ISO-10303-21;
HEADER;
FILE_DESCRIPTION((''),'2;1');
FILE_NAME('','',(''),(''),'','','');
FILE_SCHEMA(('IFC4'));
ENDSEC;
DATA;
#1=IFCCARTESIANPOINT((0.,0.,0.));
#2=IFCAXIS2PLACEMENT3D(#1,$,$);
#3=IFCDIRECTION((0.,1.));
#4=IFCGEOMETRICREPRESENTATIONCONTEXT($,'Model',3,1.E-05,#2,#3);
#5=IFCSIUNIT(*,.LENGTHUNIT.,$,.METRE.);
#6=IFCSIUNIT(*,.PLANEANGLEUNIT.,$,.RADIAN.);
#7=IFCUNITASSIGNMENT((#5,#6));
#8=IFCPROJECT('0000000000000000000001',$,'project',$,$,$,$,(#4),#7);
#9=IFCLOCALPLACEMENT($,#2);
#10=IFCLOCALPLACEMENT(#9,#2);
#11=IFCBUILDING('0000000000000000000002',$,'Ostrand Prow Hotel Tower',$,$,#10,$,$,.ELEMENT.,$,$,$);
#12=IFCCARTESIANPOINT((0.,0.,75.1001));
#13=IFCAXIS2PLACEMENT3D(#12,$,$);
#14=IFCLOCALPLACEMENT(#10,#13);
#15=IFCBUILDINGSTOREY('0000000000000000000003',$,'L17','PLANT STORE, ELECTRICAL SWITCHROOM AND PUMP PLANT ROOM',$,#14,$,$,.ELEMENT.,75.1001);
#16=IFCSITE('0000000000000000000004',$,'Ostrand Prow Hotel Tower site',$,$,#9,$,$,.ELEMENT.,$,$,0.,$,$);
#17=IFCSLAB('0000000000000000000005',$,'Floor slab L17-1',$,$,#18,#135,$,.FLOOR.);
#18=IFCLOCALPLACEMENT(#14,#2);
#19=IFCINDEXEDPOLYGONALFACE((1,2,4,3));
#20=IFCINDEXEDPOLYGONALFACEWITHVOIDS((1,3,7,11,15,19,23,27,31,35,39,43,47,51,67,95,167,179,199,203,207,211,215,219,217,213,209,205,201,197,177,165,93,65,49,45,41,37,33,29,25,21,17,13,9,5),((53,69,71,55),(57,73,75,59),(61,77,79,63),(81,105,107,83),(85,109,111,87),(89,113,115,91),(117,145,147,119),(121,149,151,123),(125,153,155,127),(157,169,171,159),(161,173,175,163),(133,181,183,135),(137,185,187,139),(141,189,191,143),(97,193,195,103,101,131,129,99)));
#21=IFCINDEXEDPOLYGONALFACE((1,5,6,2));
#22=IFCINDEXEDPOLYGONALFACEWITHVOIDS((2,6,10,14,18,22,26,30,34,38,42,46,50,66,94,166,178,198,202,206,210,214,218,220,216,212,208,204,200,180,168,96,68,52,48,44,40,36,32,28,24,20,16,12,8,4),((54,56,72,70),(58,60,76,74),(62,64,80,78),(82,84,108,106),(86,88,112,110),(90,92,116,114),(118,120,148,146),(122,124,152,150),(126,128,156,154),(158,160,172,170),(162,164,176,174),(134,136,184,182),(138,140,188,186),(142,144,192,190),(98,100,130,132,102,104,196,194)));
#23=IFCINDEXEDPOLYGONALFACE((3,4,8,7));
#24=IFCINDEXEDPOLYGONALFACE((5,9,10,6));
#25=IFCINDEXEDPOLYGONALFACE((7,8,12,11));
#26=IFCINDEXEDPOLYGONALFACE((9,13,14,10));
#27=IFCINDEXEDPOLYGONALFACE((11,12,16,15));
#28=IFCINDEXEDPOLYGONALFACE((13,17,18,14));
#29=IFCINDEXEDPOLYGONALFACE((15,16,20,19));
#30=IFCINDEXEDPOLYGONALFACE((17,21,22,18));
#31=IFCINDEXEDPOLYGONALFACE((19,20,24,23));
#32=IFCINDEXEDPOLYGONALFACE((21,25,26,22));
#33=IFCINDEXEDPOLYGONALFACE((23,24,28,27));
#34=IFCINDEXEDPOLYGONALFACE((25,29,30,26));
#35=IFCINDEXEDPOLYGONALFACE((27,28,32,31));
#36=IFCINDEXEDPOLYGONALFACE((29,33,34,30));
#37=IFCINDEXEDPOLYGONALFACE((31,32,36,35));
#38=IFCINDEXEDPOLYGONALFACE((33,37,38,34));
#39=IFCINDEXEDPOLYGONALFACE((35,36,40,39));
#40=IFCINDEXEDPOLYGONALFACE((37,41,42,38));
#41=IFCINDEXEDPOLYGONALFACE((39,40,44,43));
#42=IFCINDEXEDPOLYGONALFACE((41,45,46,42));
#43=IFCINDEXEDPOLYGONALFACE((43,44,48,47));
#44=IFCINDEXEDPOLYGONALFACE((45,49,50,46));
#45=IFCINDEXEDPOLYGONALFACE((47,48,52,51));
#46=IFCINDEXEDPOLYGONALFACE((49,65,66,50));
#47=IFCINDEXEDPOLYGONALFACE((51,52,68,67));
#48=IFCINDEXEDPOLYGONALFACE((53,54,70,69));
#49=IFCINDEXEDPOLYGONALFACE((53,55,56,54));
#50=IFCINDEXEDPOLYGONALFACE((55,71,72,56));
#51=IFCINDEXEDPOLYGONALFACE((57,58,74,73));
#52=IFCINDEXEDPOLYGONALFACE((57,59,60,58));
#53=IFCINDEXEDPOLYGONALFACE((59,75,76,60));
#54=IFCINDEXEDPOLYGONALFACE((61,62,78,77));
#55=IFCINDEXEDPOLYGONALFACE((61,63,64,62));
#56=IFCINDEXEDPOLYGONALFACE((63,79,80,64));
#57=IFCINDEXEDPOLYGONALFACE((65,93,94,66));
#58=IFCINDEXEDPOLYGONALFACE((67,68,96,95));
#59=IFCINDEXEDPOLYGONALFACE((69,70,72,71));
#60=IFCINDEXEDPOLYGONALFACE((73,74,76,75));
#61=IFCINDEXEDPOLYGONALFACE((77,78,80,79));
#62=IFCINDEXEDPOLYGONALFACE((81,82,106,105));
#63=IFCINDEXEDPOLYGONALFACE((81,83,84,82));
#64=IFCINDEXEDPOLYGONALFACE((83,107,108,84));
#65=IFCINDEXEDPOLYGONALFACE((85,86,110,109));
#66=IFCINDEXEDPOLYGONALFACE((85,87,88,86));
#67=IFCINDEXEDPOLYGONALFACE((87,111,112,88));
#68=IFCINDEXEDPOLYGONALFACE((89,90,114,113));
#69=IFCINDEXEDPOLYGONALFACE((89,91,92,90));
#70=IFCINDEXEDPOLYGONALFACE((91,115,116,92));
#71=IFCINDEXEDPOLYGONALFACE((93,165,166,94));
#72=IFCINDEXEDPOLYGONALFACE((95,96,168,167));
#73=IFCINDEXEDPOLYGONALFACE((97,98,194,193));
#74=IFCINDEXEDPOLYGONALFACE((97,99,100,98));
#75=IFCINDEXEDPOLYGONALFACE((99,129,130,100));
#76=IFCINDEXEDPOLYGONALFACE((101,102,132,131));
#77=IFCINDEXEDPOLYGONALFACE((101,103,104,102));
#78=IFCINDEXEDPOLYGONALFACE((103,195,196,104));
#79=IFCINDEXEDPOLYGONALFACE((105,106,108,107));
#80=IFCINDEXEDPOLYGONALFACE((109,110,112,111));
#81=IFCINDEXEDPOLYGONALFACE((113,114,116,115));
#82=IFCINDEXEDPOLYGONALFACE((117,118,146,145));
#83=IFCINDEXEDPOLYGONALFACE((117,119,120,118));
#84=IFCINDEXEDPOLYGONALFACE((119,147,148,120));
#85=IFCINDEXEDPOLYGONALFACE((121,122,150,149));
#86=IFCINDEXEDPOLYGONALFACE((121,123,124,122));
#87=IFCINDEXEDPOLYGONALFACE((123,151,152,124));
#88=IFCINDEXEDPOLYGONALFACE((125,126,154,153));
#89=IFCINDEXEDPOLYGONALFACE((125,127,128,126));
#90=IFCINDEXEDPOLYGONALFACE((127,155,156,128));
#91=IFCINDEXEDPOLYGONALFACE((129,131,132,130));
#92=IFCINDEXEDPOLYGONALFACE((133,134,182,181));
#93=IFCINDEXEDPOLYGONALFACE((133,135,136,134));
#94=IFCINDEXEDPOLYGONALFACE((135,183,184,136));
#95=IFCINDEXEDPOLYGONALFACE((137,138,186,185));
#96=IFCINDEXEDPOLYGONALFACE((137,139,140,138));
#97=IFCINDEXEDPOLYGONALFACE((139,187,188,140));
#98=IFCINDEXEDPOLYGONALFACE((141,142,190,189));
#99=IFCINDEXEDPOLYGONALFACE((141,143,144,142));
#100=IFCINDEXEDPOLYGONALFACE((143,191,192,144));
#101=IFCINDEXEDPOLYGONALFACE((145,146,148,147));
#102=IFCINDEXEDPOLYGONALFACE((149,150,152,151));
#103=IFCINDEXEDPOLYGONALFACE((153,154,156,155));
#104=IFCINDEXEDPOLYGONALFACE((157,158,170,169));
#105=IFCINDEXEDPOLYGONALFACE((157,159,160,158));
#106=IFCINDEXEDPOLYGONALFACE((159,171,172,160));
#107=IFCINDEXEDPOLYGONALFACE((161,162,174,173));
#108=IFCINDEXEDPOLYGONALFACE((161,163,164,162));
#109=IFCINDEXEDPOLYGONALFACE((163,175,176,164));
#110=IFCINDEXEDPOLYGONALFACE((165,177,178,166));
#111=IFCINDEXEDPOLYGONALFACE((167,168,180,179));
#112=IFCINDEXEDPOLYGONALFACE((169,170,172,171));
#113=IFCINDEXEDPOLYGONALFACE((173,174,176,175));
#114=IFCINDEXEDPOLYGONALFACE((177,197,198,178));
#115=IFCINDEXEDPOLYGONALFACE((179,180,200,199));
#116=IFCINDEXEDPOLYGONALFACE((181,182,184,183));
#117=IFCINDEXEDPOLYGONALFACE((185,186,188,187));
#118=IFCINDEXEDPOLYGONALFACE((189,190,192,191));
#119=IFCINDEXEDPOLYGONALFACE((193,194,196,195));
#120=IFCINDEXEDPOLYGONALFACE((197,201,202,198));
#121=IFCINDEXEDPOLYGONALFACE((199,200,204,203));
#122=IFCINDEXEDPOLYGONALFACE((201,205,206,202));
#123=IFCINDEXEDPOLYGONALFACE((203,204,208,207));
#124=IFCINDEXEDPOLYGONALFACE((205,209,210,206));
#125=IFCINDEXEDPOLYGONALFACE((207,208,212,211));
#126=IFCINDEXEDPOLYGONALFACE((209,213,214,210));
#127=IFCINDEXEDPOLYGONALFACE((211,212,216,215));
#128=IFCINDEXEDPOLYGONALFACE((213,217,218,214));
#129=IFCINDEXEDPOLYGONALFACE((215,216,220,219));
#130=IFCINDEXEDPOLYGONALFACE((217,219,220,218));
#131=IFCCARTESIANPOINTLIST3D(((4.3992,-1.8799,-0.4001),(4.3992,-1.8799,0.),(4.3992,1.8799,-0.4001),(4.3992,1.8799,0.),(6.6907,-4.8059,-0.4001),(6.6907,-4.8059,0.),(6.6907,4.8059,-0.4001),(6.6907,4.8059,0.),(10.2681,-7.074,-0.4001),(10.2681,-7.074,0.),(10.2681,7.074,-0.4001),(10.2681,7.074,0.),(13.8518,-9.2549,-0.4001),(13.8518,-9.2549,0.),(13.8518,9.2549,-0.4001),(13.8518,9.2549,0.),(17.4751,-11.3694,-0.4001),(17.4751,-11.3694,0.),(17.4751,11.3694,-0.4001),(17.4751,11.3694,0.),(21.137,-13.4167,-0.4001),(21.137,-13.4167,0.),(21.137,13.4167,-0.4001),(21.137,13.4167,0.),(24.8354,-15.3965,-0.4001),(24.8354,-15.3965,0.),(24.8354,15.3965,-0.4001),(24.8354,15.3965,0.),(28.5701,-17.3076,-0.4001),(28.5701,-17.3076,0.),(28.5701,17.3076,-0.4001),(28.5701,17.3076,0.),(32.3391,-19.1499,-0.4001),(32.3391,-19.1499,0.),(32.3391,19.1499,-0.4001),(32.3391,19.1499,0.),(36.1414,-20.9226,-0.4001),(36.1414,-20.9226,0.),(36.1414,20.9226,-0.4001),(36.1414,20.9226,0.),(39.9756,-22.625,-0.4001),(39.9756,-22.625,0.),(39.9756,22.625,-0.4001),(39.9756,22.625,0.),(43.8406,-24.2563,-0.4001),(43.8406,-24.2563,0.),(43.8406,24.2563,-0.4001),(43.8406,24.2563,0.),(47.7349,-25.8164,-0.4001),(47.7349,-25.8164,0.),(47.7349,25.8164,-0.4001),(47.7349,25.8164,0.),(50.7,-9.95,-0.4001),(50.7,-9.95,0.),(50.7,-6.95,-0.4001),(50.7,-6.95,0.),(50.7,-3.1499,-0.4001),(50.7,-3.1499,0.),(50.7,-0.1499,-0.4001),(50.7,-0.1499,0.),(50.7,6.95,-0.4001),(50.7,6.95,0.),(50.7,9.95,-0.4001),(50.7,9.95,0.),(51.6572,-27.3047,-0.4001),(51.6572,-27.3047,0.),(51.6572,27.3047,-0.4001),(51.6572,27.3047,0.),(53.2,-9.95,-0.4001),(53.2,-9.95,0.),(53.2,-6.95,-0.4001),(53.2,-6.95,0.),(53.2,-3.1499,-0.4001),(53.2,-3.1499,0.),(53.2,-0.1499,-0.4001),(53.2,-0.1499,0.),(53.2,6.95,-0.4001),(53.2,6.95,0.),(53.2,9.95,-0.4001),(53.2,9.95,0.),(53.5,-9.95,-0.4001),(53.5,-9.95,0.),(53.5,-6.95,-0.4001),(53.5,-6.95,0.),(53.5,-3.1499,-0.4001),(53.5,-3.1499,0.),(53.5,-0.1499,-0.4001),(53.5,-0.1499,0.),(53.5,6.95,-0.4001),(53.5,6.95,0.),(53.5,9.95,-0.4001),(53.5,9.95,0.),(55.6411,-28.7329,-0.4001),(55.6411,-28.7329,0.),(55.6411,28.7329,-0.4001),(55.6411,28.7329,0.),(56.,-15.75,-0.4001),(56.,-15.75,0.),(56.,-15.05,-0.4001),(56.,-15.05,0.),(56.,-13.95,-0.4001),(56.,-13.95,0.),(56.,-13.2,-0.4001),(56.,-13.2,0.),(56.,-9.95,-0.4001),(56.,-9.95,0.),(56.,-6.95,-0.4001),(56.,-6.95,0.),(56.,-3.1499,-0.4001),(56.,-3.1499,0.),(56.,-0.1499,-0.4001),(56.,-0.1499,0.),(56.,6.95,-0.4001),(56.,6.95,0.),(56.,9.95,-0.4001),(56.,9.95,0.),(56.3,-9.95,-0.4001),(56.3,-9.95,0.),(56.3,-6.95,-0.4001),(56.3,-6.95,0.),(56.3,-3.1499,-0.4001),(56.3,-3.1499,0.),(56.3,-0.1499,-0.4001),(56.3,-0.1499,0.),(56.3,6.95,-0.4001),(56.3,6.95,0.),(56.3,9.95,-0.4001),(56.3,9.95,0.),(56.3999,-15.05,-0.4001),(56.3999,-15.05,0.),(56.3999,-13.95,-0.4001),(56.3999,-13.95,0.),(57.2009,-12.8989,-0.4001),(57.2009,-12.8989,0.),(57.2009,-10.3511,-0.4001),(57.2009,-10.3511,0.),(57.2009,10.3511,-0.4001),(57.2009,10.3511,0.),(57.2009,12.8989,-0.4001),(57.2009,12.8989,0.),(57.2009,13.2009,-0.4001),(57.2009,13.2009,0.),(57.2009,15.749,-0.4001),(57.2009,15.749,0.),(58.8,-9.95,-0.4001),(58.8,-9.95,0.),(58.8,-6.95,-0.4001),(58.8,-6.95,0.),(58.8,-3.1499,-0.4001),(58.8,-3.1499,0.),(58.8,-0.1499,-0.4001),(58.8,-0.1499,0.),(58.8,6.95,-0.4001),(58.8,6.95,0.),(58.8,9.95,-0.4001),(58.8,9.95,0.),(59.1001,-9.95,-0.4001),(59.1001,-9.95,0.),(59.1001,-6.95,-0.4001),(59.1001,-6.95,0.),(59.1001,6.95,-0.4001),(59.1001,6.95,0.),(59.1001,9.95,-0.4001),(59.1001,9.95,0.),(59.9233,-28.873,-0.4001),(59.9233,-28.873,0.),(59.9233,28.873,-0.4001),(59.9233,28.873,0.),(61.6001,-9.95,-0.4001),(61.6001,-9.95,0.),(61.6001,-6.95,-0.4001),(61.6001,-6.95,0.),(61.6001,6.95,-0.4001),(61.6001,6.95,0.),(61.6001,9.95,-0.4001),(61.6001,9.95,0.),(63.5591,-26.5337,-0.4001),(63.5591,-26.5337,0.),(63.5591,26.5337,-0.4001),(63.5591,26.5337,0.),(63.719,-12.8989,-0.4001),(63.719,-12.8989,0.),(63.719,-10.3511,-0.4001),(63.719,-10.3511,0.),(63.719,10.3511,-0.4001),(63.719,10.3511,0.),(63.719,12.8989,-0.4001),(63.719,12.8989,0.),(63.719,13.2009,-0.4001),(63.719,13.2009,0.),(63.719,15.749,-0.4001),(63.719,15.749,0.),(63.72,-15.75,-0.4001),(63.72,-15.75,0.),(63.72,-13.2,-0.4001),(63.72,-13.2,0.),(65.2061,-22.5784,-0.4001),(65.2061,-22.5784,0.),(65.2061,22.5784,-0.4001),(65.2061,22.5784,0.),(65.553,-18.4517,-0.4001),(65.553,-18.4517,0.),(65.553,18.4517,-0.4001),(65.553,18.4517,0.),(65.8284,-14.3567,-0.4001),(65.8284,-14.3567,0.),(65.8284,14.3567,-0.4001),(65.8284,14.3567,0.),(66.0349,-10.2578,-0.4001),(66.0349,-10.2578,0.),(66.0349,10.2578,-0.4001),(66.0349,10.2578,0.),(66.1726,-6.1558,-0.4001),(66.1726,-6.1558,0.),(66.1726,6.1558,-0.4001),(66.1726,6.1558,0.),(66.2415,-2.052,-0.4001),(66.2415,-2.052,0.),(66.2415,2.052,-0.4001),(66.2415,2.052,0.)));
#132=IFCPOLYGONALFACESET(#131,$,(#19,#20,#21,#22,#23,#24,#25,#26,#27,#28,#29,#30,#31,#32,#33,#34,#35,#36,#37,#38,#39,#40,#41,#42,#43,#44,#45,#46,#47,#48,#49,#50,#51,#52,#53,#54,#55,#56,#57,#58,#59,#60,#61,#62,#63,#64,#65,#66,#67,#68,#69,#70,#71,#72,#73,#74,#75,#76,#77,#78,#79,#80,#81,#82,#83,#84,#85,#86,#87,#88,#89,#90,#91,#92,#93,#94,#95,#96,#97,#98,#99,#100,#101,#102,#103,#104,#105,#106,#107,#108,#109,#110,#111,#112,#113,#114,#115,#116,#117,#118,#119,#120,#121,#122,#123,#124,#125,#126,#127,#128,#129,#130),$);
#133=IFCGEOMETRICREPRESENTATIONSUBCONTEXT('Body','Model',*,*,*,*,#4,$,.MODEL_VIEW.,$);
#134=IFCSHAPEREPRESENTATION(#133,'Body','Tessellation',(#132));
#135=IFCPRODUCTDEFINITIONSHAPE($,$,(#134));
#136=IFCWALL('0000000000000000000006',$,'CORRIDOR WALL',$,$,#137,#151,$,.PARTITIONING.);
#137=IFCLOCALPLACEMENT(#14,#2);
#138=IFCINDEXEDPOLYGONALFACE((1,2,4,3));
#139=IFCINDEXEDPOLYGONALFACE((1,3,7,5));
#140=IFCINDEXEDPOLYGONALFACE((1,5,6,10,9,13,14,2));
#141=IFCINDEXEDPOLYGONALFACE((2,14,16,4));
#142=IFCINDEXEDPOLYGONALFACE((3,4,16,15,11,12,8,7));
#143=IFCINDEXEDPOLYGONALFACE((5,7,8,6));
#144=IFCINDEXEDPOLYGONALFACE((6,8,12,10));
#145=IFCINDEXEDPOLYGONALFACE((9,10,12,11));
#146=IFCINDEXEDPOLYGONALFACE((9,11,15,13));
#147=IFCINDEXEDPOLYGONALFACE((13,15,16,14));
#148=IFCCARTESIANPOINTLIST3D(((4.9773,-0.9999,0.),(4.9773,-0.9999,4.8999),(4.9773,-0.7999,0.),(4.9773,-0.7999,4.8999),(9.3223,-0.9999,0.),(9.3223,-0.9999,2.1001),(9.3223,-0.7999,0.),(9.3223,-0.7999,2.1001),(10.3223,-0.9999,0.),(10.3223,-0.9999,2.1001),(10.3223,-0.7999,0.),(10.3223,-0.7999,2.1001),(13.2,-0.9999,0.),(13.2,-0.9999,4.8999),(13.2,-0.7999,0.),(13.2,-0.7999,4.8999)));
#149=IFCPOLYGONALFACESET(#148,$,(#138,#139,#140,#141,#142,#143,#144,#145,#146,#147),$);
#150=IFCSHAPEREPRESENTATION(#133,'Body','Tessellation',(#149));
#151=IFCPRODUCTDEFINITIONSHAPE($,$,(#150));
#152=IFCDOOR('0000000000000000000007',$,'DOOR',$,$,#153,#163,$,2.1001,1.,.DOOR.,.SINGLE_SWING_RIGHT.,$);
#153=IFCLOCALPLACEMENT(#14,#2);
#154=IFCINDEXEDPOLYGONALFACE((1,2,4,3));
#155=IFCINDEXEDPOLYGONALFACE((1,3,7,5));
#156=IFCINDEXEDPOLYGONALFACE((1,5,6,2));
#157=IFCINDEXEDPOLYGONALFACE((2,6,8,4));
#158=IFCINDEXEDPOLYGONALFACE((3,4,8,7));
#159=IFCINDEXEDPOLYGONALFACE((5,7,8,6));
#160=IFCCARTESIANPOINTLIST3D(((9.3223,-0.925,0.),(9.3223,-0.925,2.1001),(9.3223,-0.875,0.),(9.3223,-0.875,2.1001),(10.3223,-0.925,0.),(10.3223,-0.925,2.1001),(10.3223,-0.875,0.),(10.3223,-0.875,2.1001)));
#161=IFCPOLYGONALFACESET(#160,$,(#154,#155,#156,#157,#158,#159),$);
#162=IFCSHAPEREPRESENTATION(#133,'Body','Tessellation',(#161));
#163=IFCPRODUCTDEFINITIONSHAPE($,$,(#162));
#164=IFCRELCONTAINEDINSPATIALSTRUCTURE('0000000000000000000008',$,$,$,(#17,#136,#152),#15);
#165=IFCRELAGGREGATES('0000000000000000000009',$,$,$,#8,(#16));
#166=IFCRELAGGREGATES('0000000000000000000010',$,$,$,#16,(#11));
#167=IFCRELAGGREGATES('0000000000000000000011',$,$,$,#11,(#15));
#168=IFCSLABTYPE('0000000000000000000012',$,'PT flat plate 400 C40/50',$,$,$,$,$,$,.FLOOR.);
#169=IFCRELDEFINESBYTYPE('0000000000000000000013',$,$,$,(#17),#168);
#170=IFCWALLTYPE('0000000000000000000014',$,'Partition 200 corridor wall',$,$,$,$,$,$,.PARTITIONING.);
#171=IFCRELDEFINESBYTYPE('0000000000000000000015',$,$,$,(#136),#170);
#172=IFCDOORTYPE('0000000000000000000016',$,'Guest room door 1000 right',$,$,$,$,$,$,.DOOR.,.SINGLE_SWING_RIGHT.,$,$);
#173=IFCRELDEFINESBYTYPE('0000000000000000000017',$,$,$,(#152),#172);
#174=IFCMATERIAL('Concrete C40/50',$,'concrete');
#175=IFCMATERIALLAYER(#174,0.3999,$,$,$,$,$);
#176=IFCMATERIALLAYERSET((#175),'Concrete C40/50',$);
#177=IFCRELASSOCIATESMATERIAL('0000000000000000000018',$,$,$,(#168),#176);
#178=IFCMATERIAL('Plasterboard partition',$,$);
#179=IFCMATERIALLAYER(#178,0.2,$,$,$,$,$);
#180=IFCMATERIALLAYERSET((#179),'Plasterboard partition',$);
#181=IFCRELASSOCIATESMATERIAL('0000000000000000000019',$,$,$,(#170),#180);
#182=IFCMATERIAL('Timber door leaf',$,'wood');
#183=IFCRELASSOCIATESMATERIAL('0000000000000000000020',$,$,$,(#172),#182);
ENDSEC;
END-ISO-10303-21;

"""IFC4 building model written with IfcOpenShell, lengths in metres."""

from ifc_helpers import new_model, si_unit, direction, frame, frame_2d, origin, place, context, subcontext, project, spatial, polyline, rectangle, outline, extrude, material, layer, layer_set, type_object, element, fill, save


model = new_model("IFC4")

# Units and contexts
model_context = context("Model", 3, precision=1e-05, world=origin(), true_north=direction((0.0, 1.0)))
body_context = subcontext(model_context, "Body", "Model", "MODEL_VIEW")
ifc_project = project(units=[si_unit("LENGTHUNIT", "METRE"), si_unit("PLANEANGLEUNIT", "RADIAN")], contexts=[model_context])

# Site, building, storey
site_placement = place(None, origin())
site = spatial("IfcSite", under=ifc_project, at=site_placement, Name="Ostrand Prow Hotel Tower site", CompositionType="ELEMENT", RefElevation=0.0)
building_placement = place(site_placement, origin())
building = spatial("IfcBuilding", under=site, at=building_placement, Name="Ostrand Prow Hotel Tower", CompositionType="ELEMENT")
storey_placement = place(building_placement, frame((0.0, 0.0, 75.1001)))
storey = spatial("IfcBuildingStorey", under=building, at=storey_placement, Name="L17", Description="PLANT STORE, ELECTRICAL SWITCHROOM AND PUMP PLANT ROOM", CompositionType="ELEMENT", Elevation=75.1001)

# Slab, opening
ifc_material_1 = material(Name="Concrete C40/50", Category="concrete")
ifc_layer_1 = layer(ifc_material_1, 0.3999)
ifc_layer_set_1 = layer_set([ifc_layer_1], Name="Concrete C40/50")
slab_type = type_object("IfcSlabType", Name="PT flat plate 400 C40/50", PredefinedType="FLOOR", material=ifc_layer_set_1)
slab_placement = place(storey_placement, frame((0.0, 0.0, -0.4001)))
slab = element("IfcSlab", 1, at=slab_placement, inside=storey, type_object=slab_type, Name="Floor slab L17-1", PredefinedType="FLOOR", context=body_context, shape_type="SweptSolid", body=[
    extrude(outline(polyline([(6.6907, 4.8059), (10.2681, 7.074), (13.8518, 9.2549), (17.4751, 11.3694), (21.137, 13.4167), (24.8354, 15.3965), (28.5701, 17.3076), (32.3391, 19.1499), (36.1414, 20.9226), (39.9756, 22.625), (43.8406, 24.2563), (47.7349, 25.8164), (51.6572, 27.3047), (55.6411, 28.7329), (59.9233, 28.873), (63.5591, 26.5337), (65.2061, 22.5784), (65.553, 18.4517), (65.8284, 14.3567), (66.0349, 10.2578), (66.1726, 6.1558), (66.2415, 2.052), (66.2415, -2.052), (66.1726, -6.1558), (66.0349, -10.2578), (65.8284, -14.3567), (65.553, -18.4517), (65.2061, -22.5784), (63.5591, -26.5337), (59.9233, -28.873), (55.6411, -28.7329), (51.6572, -27.3047), (47.7349, -25.8164), (43.8406, -24.2563), (39.9756, -22.625), (36.1414, -20.9226), (32.3391, -19.1499), (28.5701, -17.3076), (24.8354, -15.3965), (21.137, -13.4167), (17.4751, -11.3694), (13.8518, -9.2549), (10.2681, -7.074), (6.6907, -4.8059), (4.3992, -1.8799), (4.3992, 1.8799), (6.6907, 4.8059)]), holes=[polyline([(50.7, 6.95), (53.2, 6.95), (53.2, 9.95), (50.7, 9.95), (50.7, 6.95)]), polyline([(53.5, 6.95), (56.0, 6.95), (56.0, 9.95), (53.5, 9.95), (53.5, 6.95)]), polyline([(56.3, 6.95), (58.8, 6.95), (58.8, 9.95), (56.3, 9.95), (56.3, 6.95)]), polyline([(59.1001, 6.95), (61.6001, 6.95), (61.6001, 9.95), (59.1001, 9.95), (59.1001, 6.95)]), polyline([(50.7, -3.1499), (53.2, -3.1499), (53.2, -0.1499), (50.7, -0.1499), (50.7, -3.1499)]), polyline([(53.5, -3.1499), (56.0, -3.1499), (56.0, -0.1499), (53.5, -0.1499), (53.5, -3.1499)]), polyline([(56.3, -3.1499), (58.8, -3.1499), (58.8, -0.1499), (56.3, -0.1499), (56.3, -3.1499)]), polyline([(50.7, -9.95), (53.2, -9.95), (53.2, -6.95), (50.7, -6.95), (50.7, -9.95)]), polyline([(53.5, -9.95), (56.0, -9.95), (56.0, -6.95), (53.5, -6.95), (53.5, -9.95)]), polyline([(56.3, -9.95), (58.8, -9.95), (58.8, -6.95), (56.3, -6.95), (56.3, -9.95)]), polyline([(59.1001, -9.95), (61.6001, -9.95), (61.6001, -6.95), (59.1001, -6.95), (59.1001, -9.95)]), polyline([(57.2009, 10.3511), (57.2009, 12.8989), (63.719, 12.8989), (63.719, 10.3511), (57.2009, 10.3511)]), polyline([(57.2009, 13.2009), (57.2009, 15.749), (63.719, 15.749), (63.719, 13.2009), (57.2009, 13.2009)]), polyline([(57.2009, -12.8989), (57.2009, -10.3511), (63.719, -10.3511), (63.719, -12.8989), (57.2009, -12.8989)]), polyline([(56.0, -13.2), (63.72, -13.2), (63.72, -15.75), (56.0, -15.75), (56.0, -15.05), (56.3999, -15.05), (56.3999, -13.95), (56.0, -13.95), (56.0, -13.2)])]), origin(), (0.0, 0.0, 1.0), 0.4001),
])
opening_1_placement = place(slab_placement, origin())
element("IfcOpeningElement", 2, at=opening_1_placement, cuts=slab, PredefinedType="OPENING", context=body_context, shape_type="SweptSolid", body=[
    extrude(outline(polyline([(56.0, -13.2), (63.72, -13.2), (63.72, -15.75), (56.0, -15.75), (56.0, -15.05), (56.3999, -15.05), (56.3999, -13.95), (56.0, -13.95), (56.0, -13.2)])), origin(), (0.0, 0.0, 1.0), 0.4001),
])

# Wall, opening, door
ifc_material_2 = material(Name="Plasterboard partition")
ifc_layer_2 = layer(ifc_material_2, 0.2)
ifc_layer_set_2 = layer_set([ifc_layer_2], Name="Plasterboard partition")
wall_type_1 = type_object("IfcWallType", Name="Partition 200 corridor wall", PredefinedType="PARTITIONING", material=ifc_layer_set_2)
wall_1_placement = place(storey_placement, frame((4.9773, -0.8999, 0.0), z_axis=(0.0, 0.0, 1.0), x_axis=(1.0, 0.0, 0.0)))
wall_1 = element("IfcWall", 3, at=wall_1_placement, inside=storey, type_object=wall_type_1, Name="CORRIDOR WALL", PredefinedType="PARTITIONING", context=body_context, shape_type="SweptSolid", body=[
    extrude(rectangle(XDim=8.2227, YDim=0.2, at=frame_2d((4.1113, 0.0))), origin(), (0.0, 0.0, 1.0), 4.8999),
])
opening_2_placement = place(wall_1_placement, frame((4.345, 0.0, 0.0)))
opening_2 = element("IfcOpeningElement", 4, at=opening_2_placement, cuts=wall_1, PredefinedType="OPENING", context=body_context, shape_type="SweptSolid", body=[
    extrude(rectangle(XDim=1.0, YDim=2.1001, at=frame_2d((0.5, 1.05))), frame((0.0, 0.1099, 0.0), z_axis=(0.0, -1.0, 0.0), x_axis=(1.0, 0.0, 0.0)), (0.0, 0.0, 1.0), 0.22),
])
ifc_material_3 = material(Name="Timber door leaf", Category="wood")
door_type = type_object("IfcDoorType", Name="Guest room door 1000 right", OperationType="SINGLE_SWING_RIGHT", PredefinedType="DOOR", material=ifc_material_3)
door_placement = place(opening_2_placement, origin())
door = element("IfcDoor", 5, at=door_placement, inside=storey, type_object=door_type, Name="DOOR", OperationType="SINGLE_SWING_RIGHT", OverallHeight=2.1001, OverallWidth=1.0, PredefinedType="DOOR", context=body_context, shape_type="SweptSolid", body=[
    extrude(rectangle(XDim=1.0, YDim=2.1001, at=frame_2d((0.5, 1.05))), frame((0.0, 0.0249, 0.0), z_axis=(0.0, -1.0, 0.0), x_axis=(1.0, 0.0, 0.0)), (0.0, 0.0, 1.0), 0.05),
])
fill(opening_2, door)

save(model, "model.ifc")
